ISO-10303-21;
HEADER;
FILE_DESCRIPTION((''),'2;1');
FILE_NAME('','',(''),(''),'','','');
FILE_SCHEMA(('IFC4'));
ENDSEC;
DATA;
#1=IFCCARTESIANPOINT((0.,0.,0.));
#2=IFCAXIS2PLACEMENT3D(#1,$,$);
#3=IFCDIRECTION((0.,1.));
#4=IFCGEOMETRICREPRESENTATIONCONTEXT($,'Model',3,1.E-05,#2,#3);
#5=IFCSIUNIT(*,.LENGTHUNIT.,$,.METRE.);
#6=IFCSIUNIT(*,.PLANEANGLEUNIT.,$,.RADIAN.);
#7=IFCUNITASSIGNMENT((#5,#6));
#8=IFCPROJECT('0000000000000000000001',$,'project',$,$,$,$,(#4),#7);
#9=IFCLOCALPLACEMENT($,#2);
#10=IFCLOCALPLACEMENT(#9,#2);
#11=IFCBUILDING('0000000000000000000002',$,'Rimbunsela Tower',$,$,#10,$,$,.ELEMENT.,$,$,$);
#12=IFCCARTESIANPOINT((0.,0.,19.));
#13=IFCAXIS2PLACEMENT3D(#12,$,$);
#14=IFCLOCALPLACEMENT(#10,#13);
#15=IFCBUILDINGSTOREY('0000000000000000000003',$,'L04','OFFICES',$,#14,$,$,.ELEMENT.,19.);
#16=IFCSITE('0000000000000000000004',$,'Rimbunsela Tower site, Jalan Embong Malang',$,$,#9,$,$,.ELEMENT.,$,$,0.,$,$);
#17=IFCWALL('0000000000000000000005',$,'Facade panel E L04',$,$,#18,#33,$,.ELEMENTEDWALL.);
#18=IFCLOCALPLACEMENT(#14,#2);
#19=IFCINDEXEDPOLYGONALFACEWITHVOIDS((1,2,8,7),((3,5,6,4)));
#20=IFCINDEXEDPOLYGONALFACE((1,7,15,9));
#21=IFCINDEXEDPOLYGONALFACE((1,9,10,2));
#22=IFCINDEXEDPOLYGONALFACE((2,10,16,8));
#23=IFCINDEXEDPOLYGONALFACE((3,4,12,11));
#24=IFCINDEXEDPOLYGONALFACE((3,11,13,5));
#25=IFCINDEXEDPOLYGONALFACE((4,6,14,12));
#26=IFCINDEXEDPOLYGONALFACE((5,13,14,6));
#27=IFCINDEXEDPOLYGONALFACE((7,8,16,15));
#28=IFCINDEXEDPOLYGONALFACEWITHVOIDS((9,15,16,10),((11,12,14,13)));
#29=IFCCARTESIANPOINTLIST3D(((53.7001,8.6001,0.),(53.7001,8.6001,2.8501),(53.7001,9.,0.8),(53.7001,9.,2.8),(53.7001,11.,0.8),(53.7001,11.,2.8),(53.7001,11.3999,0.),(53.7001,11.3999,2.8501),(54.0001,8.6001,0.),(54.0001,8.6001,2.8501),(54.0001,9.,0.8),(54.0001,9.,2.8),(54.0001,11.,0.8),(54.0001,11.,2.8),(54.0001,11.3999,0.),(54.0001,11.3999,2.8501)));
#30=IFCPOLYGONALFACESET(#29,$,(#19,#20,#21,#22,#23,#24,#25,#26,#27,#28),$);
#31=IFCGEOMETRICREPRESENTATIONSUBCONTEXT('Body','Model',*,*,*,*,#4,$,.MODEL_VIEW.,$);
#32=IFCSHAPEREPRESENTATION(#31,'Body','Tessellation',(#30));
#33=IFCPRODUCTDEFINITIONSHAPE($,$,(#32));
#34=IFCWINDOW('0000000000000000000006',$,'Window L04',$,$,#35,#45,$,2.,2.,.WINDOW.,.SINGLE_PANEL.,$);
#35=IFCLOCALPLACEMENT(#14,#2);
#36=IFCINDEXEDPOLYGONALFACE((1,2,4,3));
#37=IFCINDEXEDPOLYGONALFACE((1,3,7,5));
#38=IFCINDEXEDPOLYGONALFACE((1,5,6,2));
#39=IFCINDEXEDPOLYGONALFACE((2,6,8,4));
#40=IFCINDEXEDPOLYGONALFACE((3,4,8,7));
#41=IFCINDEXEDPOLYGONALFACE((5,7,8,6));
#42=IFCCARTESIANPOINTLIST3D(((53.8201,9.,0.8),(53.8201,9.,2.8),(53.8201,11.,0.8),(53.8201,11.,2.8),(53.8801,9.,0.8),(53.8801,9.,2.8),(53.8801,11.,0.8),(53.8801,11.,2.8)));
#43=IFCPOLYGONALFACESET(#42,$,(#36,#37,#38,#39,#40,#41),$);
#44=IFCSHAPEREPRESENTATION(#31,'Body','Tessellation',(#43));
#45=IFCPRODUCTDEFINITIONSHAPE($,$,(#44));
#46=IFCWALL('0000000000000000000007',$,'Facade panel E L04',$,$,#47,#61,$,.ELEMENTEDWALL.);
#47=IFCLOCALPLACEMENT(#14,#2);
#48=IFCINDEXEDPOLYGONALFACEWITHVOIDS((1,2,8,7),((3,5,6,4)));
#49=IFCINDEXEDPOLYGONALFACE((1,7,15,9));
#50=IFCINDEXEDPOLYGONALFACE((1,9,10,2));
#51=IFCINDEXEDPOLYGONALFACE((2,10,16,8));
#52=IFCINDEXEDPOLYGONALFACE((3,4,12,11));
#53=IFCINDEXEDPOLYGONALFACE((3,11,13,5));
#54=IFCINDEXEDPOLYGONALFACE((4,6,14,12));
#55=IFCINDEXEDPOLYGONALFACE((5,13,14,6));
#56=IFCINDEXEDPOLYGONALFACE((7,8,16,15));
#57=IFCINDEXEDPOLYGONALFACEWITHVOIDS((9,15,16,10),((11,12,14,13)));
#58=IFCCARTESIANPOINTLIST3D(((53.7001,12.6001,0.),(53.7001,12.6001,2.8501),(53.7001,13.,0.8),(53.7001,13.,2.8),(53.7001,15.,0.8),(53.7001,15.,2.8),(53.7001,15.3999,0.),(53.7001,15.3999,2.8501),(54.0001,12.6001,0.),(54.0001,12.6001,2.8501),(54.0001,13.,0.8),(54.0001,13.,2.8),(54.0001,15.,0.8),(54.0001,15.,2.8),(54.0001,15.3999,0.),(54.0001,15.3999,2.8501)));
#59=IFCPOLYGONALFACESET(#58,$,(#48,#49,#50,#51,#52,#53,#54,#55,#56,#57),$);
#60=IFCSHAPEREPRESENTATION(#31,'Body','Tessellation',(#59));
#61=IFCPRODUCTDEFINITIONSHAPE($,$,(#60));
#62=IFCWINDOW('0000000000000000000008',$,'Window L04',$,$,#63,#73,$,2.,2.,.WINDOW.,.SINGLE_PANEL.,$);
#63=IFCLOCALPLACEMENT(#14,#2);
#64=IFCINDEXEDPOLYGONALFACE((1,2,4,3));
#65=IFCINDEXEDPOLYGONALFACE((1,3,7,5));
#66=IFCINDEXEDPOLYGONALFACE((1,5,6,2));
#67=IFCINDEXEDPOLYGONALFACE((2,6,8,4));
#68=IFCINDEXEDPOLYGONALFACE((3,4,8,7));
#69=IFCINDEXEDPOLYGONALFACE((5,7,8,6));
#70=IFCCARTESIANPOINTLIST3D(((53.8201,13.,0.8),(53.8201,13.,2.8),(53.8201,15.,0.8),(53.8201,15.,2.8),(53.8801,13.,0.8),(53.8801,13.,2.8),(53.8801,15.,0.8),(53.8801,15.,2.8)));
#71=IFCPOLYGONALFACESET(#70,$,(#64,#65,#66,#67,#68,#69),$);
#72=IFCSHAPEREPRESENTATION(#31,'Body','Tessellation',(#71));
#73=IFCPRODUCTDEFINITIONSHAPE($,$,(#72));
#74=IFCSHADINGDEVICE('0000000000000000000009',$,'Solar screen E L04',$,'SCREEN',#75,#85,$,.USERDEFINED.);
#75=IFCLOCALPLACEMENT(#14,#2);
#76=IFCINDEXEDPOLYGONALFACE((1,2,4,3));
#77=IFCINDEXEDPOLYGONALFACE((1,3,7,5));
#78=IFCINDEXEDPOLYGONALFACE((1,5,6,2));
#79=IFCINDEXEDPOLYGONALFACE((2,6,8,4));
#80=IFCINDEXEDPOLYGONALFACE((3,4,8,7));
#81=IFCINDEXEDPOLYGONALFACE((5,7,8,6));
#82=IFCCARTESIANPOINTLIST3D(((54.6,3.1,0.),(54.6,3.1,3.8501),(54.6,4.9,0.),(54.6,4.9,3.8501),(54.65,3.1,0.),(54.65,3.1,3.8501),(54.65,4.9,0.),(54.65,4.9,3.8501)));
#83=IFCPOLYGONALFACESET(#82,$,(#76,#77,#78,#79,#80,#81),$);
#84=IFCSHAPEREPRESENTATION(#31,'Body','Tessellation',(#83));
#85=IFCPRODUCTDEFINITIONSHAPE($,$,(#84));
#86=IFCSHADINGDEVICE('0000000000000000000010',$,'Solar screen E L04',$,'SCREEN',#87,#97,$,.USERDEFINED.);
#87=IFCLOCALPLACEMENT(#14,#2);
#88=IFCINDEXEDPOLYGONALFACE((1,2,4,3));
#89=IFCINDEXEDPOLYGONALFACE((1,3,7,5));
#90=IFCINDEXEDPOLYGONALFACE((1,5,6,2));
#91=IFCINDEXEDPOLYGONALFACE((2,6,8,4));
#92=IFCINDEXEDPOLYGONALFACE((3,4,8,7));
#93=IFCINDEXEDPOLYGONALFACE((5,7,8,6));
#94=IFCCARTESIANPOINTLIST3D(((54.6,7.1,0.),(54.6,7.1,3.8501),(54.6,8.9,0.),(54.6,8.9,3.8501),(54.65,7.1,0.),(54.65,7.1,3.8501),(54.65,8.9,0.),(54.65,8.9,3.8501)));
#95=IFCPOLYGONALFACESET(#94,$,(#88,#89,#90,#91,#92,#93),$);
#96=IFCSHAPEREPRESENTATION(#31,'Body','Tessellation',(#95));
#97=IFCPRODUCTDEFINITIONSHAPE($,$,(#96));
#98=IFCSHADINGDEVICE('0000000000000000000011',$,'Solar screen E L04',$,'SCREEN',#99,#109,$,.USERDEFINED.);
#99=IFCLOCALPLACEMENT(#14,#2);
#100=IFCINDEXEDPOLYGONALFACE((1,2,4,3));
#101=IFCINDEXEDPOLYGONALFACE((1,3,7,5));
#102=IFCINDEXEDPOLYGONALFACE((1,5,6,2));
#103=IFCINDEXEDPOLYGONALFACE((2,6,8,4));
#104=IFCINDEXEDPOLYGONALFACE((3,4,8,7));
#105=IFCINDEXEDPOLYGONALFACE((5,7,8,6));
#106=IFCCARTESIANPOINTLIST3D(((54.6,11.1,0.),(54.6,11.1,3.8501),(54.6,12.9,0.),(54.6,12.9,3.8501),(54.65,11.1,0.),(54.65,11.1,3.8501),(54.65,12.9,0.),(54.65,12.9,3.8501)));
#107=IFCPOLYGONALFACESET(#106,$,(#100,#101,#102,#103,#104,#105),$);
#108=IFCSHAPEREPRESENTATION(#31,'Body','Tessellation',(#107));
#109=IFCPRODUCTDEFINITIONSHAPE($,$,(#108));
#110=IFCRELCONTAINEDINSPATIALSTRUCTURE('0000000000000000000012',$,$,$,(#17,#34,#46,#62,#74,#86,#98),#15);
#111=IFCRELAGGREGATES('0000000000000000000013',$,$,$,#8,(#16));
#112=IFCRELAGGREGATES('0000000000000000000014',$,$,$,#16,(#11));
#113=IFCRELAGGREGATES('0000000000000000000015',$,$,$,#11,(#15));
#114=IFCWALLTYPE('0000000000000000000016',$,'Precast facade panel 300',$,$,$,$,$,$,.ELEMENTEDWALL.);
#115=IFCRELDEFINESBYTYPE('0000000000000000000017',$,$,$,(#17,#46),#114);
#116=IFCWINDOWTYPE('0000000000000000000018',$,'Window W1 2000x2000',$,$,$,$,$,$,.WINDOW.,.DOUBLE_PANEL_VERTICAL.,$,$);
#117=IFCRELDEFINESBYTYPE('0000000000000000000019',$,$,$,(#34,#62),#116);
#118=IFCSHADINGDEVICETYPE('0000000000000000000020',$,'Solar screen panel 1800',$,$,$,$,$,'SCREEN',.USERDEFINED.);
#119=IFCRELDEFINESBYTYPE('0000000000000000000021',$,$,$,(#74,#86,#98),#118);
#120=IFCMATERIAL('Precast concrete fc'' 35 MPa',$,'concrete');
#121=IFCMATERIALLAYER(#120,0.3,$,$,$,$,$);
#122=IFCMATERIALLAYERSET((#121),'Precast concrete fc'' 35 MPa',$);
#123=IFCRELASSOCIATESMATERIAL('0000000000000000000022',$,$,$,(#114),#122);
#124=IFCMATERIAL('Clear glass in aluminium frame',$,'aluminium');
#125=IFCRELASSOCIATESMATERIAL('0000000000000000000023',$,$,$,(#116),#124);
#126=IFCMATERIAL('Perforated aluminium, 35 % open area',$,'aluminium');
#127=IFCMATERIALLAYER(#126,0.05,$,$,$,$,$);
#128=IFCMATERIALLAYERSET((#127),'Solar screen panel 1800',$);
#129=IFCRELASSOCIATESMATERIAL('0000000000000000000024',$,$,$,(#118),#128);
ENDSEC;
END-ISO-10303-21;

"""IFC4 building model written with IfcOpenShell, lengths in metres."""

from ifc_helpers import new_model, si_unit, direction, frame, frame_2d, origin, origin_2d, place, context, subcontext, project, spatial, rectangle, extrude, material, layer, layer_set, type_object, element, fill, save


model = new_model("IFC4")

# Units and contexts
model_context = context("Model", 3, precision=1e-05, world=origin(), true_north=direction((0.0, 1.0)))
body_context = subcontext(model_context, "Body", "Model", "MODEL_VIEW")
ifc_project = project(units=[si_unit("LENGTHUNIT", "METRE"), si_unit("PLANEANGLEUNIT", "RADIAN")], contexts=[model_context])

# Site, building, storey
site_placement = place(None, origin())
site = spatial("IfcSite", under=ifc_project, at=site_placement, Name="Rimbunsela Tower site, Jalan Embong Malang", CompositionType="ELEMENT", RefElevation=0.0)
building_placement = place(site_placement, origin())
building = spatial("IfcBuilding", under=site, at=building_placement, Name="Rimbunsela Tower", CompositionType="ELEMENT")
storey_placement = place(building_placement, frame((0.0, 0.0, 19.0)))
storey = spatial("IfcBuildingStorey", under=building, at=storey_placement, Name="L04", Description="OFFICES", CompositionType="ELEMENT", Elevation=19.0)

# Walls, openings, windows
ifc_material_1 = material(Name="Precast concrete fc' 35 MPa", Category="concrete")
ifc_layer_1 = layer(ifc_material_1, 0.3)
ifc_layer_set_1 = layer_set([ifc_layer_1], Name="Precast concrete fc' 35 MPa")
wall_type_1 = type_object("IfcWallType", Name="Precast facade panel 300", PredefinedType="ELEMENTEDWALL", material=ifc_layer_set_1)
ifc_material_2 = material(Name="Clear glass in aluminium frame", Category="aluminium")
window_type = type_object("IfcWindowType", Name="Window W1 2000x2000", PartitioningType="DOUBLE_PANEL_VERTICAL", PredefinedType="WINDOW", material=ifc_material_2)
wall_1_placement = place(storey_placement, frame((53.8501, 8.6001, 0.0), z_axis=(0.0, 0.0, 1.0), x_axis=(0.0, 1.0, 0.0)))
wall_1 = element("IfcWall", 1, at=wall_1_placement, inside=storey, type_object=wall_type_1, Name="Facade panel E L04", PredefinedType="ELEMENTEDWALL", context=body_context, shape_type="SweptSolid", body=[
    extrude(rectangle(XDim=2.7998, YDim=0.3, at=frame_2d((1.3999, 0.0))), origin(), (0.0, 0.0, 1.0), 2.8501),
])
opening_1_placement = place(wall_1_placement, frame((0.3999, 0.0, 0.8)))
opening_1 = element("IfcOpeningElement", 2, at=opening_1_placement, cuts=wall_1, PredefinedType="OPENING", context=body_context, shape_type="SweptSolid", body=[
    extrude(rectangle(XDim=2.0, YDim=2.0, at=frame_2d((1.0, 1.0))), frame((0.0, 0.1599, 0.0), z_axis=(0.0, -1.0, 0.0), x_axis=(1.0, 0.0, 0.0)), (0.0, 0.0, 1.0), 0.3201),
])
window_1_placement = place(opening_1_placement, origin())
window_1 = element("IfcWindow", 3, at=window_1_placement, inside=storey, type_object=window_type, Name="Window L04", OverallHeight=2.0, OverallWidth=2.0, PartitioningType="SINGLE_PANEL", PredefinedType="WINDOW", context=body_context, shape_type="SweptSolid", body=[
    extrude(rectangle(XDim=2.0, YDim=2.0, at=frame_2d((1.0, 1.0))), frame((0.0, 0.03, 0.0), z_axis=(0.0, -1.0, 0.0), x_axis=(1.0, 0.0, 0.0)), (0.0, 0.0, 1.0), 0.0601),
])
fill(opening_1, window_1)
wall_2_placement = place(storey_placement, frame((53.8501, 12.6001, 0.0), z_axis=(0.0, 0.0, 1.0), x_axis=(0.0, 1.0, 0.0)))
wall_2 = element("IfcWall", 4, at=wall_2_placement, inside=storey, type_object=wall_type_1, Name="Facade panel E L04", PredefinedType="ELEMENTEDWALL", context=body_context, shape_type="SweptSolid", body=[
    extrude(rectangle(XDim=2.7998, YDim=0.3, at=frame_2d((1.3999, 0.0))), origin(), (0.0, 0.0, 1.0), 2.8501),
])
opening_2_placement = place(wall_2_placement, frame((0.3999, 0.0, 0.8)))
opening_2 = element("IfcOpeningElement", 5, at=opening_2_placement, cuts=wall_2, PredefinedType="OPENING", context=body_context, shape_type="SweptSolid", body=[
    extrude(rectangle(XDim=2.0, YDim=2.0, at=frame_2d((1.0, 1.0))), frame((0.0, 0.1599, 0.0), z_axis=(0.0, -1.0, 0.0), x_axis=(1.0, 0.0, 0.0)), (0.0, 0.0, 1.0), 0.3201),
])
window_2_placement = place(opening_2_placement, origin())
window_2 = element("IfcWindow", 6, at=window_2_placement, inside=storey, type_object=window_type, Name="Window L04", OverallHeight=2.0, OverallWidth=2.0, PartitioningType="SINGLE_PANEL", PredefinedType="WINDOW", context=body_context, shape_type="SweptSolid", body=[
    extrude(rectangle(XDim=2.0, YDim=2.0, at=frame_2d((1.0, 1.0))), frame((0.0, 0.03, 0.0), z_axis=(0.0, -1.0, 0.0), x_axis=(1.0, 0.0, 0.0)), (0.0, 0.0, 1.0), 0.0601),
])
fill(opening_2, window_2)

# Shading devices
ifc_material_3 = material(Name="Perforated aluminium, 35 % open area", Category="aluminium")
ifc_layer_2 = layer(ifc_material_3, 0.05)
ifc_layer_set_2 = layer_set([ifc_layer_2], Name="Solar screen panel 1800")
shading_device_type = type_object("IfcShadingDeviceType", Name="Solar screen panel 1800", ElementType="SCREEN", PredefinedType="USERDEFINED", material=ifc_layer_set_2)
for number, where, z_axis, x_axis, name in (
    (7, (54.625, 4.0, 0.0), (0.0, 0.0, 1.0), (0.0, 1.0, 0.0), "Solar screen E L04"),
    (8, (54.625, 8.0, 0.0), (0.0, 0.0, 1.0), (0.0, 1.0, 0.0), "Solar screen E L04"),
    (9, (54.625, 12.0, 0.0), (0.0, 0.0, 1.0), (0.0, 1.0, 0.0), "Solar screen E L04"),
):
    element("IfcShadingDevice", number, at=place(storey_placement, frame(where, z_axis=z_axis, x_axis=x_axis)), inside=storey, type_object=shading_device_type, Name=name, ObjectType="SCREEN", PredefinedType="USERDEFINED", context=body_context, shape_type="SweptSolid", body=[
        extrude(rectangle(XDim=1.8, YDim=0.05, at=origin_2d()), origin(), (0.0, 0.0, 1.0), 3.8501),
    ])

save(model, "model.ifc")
